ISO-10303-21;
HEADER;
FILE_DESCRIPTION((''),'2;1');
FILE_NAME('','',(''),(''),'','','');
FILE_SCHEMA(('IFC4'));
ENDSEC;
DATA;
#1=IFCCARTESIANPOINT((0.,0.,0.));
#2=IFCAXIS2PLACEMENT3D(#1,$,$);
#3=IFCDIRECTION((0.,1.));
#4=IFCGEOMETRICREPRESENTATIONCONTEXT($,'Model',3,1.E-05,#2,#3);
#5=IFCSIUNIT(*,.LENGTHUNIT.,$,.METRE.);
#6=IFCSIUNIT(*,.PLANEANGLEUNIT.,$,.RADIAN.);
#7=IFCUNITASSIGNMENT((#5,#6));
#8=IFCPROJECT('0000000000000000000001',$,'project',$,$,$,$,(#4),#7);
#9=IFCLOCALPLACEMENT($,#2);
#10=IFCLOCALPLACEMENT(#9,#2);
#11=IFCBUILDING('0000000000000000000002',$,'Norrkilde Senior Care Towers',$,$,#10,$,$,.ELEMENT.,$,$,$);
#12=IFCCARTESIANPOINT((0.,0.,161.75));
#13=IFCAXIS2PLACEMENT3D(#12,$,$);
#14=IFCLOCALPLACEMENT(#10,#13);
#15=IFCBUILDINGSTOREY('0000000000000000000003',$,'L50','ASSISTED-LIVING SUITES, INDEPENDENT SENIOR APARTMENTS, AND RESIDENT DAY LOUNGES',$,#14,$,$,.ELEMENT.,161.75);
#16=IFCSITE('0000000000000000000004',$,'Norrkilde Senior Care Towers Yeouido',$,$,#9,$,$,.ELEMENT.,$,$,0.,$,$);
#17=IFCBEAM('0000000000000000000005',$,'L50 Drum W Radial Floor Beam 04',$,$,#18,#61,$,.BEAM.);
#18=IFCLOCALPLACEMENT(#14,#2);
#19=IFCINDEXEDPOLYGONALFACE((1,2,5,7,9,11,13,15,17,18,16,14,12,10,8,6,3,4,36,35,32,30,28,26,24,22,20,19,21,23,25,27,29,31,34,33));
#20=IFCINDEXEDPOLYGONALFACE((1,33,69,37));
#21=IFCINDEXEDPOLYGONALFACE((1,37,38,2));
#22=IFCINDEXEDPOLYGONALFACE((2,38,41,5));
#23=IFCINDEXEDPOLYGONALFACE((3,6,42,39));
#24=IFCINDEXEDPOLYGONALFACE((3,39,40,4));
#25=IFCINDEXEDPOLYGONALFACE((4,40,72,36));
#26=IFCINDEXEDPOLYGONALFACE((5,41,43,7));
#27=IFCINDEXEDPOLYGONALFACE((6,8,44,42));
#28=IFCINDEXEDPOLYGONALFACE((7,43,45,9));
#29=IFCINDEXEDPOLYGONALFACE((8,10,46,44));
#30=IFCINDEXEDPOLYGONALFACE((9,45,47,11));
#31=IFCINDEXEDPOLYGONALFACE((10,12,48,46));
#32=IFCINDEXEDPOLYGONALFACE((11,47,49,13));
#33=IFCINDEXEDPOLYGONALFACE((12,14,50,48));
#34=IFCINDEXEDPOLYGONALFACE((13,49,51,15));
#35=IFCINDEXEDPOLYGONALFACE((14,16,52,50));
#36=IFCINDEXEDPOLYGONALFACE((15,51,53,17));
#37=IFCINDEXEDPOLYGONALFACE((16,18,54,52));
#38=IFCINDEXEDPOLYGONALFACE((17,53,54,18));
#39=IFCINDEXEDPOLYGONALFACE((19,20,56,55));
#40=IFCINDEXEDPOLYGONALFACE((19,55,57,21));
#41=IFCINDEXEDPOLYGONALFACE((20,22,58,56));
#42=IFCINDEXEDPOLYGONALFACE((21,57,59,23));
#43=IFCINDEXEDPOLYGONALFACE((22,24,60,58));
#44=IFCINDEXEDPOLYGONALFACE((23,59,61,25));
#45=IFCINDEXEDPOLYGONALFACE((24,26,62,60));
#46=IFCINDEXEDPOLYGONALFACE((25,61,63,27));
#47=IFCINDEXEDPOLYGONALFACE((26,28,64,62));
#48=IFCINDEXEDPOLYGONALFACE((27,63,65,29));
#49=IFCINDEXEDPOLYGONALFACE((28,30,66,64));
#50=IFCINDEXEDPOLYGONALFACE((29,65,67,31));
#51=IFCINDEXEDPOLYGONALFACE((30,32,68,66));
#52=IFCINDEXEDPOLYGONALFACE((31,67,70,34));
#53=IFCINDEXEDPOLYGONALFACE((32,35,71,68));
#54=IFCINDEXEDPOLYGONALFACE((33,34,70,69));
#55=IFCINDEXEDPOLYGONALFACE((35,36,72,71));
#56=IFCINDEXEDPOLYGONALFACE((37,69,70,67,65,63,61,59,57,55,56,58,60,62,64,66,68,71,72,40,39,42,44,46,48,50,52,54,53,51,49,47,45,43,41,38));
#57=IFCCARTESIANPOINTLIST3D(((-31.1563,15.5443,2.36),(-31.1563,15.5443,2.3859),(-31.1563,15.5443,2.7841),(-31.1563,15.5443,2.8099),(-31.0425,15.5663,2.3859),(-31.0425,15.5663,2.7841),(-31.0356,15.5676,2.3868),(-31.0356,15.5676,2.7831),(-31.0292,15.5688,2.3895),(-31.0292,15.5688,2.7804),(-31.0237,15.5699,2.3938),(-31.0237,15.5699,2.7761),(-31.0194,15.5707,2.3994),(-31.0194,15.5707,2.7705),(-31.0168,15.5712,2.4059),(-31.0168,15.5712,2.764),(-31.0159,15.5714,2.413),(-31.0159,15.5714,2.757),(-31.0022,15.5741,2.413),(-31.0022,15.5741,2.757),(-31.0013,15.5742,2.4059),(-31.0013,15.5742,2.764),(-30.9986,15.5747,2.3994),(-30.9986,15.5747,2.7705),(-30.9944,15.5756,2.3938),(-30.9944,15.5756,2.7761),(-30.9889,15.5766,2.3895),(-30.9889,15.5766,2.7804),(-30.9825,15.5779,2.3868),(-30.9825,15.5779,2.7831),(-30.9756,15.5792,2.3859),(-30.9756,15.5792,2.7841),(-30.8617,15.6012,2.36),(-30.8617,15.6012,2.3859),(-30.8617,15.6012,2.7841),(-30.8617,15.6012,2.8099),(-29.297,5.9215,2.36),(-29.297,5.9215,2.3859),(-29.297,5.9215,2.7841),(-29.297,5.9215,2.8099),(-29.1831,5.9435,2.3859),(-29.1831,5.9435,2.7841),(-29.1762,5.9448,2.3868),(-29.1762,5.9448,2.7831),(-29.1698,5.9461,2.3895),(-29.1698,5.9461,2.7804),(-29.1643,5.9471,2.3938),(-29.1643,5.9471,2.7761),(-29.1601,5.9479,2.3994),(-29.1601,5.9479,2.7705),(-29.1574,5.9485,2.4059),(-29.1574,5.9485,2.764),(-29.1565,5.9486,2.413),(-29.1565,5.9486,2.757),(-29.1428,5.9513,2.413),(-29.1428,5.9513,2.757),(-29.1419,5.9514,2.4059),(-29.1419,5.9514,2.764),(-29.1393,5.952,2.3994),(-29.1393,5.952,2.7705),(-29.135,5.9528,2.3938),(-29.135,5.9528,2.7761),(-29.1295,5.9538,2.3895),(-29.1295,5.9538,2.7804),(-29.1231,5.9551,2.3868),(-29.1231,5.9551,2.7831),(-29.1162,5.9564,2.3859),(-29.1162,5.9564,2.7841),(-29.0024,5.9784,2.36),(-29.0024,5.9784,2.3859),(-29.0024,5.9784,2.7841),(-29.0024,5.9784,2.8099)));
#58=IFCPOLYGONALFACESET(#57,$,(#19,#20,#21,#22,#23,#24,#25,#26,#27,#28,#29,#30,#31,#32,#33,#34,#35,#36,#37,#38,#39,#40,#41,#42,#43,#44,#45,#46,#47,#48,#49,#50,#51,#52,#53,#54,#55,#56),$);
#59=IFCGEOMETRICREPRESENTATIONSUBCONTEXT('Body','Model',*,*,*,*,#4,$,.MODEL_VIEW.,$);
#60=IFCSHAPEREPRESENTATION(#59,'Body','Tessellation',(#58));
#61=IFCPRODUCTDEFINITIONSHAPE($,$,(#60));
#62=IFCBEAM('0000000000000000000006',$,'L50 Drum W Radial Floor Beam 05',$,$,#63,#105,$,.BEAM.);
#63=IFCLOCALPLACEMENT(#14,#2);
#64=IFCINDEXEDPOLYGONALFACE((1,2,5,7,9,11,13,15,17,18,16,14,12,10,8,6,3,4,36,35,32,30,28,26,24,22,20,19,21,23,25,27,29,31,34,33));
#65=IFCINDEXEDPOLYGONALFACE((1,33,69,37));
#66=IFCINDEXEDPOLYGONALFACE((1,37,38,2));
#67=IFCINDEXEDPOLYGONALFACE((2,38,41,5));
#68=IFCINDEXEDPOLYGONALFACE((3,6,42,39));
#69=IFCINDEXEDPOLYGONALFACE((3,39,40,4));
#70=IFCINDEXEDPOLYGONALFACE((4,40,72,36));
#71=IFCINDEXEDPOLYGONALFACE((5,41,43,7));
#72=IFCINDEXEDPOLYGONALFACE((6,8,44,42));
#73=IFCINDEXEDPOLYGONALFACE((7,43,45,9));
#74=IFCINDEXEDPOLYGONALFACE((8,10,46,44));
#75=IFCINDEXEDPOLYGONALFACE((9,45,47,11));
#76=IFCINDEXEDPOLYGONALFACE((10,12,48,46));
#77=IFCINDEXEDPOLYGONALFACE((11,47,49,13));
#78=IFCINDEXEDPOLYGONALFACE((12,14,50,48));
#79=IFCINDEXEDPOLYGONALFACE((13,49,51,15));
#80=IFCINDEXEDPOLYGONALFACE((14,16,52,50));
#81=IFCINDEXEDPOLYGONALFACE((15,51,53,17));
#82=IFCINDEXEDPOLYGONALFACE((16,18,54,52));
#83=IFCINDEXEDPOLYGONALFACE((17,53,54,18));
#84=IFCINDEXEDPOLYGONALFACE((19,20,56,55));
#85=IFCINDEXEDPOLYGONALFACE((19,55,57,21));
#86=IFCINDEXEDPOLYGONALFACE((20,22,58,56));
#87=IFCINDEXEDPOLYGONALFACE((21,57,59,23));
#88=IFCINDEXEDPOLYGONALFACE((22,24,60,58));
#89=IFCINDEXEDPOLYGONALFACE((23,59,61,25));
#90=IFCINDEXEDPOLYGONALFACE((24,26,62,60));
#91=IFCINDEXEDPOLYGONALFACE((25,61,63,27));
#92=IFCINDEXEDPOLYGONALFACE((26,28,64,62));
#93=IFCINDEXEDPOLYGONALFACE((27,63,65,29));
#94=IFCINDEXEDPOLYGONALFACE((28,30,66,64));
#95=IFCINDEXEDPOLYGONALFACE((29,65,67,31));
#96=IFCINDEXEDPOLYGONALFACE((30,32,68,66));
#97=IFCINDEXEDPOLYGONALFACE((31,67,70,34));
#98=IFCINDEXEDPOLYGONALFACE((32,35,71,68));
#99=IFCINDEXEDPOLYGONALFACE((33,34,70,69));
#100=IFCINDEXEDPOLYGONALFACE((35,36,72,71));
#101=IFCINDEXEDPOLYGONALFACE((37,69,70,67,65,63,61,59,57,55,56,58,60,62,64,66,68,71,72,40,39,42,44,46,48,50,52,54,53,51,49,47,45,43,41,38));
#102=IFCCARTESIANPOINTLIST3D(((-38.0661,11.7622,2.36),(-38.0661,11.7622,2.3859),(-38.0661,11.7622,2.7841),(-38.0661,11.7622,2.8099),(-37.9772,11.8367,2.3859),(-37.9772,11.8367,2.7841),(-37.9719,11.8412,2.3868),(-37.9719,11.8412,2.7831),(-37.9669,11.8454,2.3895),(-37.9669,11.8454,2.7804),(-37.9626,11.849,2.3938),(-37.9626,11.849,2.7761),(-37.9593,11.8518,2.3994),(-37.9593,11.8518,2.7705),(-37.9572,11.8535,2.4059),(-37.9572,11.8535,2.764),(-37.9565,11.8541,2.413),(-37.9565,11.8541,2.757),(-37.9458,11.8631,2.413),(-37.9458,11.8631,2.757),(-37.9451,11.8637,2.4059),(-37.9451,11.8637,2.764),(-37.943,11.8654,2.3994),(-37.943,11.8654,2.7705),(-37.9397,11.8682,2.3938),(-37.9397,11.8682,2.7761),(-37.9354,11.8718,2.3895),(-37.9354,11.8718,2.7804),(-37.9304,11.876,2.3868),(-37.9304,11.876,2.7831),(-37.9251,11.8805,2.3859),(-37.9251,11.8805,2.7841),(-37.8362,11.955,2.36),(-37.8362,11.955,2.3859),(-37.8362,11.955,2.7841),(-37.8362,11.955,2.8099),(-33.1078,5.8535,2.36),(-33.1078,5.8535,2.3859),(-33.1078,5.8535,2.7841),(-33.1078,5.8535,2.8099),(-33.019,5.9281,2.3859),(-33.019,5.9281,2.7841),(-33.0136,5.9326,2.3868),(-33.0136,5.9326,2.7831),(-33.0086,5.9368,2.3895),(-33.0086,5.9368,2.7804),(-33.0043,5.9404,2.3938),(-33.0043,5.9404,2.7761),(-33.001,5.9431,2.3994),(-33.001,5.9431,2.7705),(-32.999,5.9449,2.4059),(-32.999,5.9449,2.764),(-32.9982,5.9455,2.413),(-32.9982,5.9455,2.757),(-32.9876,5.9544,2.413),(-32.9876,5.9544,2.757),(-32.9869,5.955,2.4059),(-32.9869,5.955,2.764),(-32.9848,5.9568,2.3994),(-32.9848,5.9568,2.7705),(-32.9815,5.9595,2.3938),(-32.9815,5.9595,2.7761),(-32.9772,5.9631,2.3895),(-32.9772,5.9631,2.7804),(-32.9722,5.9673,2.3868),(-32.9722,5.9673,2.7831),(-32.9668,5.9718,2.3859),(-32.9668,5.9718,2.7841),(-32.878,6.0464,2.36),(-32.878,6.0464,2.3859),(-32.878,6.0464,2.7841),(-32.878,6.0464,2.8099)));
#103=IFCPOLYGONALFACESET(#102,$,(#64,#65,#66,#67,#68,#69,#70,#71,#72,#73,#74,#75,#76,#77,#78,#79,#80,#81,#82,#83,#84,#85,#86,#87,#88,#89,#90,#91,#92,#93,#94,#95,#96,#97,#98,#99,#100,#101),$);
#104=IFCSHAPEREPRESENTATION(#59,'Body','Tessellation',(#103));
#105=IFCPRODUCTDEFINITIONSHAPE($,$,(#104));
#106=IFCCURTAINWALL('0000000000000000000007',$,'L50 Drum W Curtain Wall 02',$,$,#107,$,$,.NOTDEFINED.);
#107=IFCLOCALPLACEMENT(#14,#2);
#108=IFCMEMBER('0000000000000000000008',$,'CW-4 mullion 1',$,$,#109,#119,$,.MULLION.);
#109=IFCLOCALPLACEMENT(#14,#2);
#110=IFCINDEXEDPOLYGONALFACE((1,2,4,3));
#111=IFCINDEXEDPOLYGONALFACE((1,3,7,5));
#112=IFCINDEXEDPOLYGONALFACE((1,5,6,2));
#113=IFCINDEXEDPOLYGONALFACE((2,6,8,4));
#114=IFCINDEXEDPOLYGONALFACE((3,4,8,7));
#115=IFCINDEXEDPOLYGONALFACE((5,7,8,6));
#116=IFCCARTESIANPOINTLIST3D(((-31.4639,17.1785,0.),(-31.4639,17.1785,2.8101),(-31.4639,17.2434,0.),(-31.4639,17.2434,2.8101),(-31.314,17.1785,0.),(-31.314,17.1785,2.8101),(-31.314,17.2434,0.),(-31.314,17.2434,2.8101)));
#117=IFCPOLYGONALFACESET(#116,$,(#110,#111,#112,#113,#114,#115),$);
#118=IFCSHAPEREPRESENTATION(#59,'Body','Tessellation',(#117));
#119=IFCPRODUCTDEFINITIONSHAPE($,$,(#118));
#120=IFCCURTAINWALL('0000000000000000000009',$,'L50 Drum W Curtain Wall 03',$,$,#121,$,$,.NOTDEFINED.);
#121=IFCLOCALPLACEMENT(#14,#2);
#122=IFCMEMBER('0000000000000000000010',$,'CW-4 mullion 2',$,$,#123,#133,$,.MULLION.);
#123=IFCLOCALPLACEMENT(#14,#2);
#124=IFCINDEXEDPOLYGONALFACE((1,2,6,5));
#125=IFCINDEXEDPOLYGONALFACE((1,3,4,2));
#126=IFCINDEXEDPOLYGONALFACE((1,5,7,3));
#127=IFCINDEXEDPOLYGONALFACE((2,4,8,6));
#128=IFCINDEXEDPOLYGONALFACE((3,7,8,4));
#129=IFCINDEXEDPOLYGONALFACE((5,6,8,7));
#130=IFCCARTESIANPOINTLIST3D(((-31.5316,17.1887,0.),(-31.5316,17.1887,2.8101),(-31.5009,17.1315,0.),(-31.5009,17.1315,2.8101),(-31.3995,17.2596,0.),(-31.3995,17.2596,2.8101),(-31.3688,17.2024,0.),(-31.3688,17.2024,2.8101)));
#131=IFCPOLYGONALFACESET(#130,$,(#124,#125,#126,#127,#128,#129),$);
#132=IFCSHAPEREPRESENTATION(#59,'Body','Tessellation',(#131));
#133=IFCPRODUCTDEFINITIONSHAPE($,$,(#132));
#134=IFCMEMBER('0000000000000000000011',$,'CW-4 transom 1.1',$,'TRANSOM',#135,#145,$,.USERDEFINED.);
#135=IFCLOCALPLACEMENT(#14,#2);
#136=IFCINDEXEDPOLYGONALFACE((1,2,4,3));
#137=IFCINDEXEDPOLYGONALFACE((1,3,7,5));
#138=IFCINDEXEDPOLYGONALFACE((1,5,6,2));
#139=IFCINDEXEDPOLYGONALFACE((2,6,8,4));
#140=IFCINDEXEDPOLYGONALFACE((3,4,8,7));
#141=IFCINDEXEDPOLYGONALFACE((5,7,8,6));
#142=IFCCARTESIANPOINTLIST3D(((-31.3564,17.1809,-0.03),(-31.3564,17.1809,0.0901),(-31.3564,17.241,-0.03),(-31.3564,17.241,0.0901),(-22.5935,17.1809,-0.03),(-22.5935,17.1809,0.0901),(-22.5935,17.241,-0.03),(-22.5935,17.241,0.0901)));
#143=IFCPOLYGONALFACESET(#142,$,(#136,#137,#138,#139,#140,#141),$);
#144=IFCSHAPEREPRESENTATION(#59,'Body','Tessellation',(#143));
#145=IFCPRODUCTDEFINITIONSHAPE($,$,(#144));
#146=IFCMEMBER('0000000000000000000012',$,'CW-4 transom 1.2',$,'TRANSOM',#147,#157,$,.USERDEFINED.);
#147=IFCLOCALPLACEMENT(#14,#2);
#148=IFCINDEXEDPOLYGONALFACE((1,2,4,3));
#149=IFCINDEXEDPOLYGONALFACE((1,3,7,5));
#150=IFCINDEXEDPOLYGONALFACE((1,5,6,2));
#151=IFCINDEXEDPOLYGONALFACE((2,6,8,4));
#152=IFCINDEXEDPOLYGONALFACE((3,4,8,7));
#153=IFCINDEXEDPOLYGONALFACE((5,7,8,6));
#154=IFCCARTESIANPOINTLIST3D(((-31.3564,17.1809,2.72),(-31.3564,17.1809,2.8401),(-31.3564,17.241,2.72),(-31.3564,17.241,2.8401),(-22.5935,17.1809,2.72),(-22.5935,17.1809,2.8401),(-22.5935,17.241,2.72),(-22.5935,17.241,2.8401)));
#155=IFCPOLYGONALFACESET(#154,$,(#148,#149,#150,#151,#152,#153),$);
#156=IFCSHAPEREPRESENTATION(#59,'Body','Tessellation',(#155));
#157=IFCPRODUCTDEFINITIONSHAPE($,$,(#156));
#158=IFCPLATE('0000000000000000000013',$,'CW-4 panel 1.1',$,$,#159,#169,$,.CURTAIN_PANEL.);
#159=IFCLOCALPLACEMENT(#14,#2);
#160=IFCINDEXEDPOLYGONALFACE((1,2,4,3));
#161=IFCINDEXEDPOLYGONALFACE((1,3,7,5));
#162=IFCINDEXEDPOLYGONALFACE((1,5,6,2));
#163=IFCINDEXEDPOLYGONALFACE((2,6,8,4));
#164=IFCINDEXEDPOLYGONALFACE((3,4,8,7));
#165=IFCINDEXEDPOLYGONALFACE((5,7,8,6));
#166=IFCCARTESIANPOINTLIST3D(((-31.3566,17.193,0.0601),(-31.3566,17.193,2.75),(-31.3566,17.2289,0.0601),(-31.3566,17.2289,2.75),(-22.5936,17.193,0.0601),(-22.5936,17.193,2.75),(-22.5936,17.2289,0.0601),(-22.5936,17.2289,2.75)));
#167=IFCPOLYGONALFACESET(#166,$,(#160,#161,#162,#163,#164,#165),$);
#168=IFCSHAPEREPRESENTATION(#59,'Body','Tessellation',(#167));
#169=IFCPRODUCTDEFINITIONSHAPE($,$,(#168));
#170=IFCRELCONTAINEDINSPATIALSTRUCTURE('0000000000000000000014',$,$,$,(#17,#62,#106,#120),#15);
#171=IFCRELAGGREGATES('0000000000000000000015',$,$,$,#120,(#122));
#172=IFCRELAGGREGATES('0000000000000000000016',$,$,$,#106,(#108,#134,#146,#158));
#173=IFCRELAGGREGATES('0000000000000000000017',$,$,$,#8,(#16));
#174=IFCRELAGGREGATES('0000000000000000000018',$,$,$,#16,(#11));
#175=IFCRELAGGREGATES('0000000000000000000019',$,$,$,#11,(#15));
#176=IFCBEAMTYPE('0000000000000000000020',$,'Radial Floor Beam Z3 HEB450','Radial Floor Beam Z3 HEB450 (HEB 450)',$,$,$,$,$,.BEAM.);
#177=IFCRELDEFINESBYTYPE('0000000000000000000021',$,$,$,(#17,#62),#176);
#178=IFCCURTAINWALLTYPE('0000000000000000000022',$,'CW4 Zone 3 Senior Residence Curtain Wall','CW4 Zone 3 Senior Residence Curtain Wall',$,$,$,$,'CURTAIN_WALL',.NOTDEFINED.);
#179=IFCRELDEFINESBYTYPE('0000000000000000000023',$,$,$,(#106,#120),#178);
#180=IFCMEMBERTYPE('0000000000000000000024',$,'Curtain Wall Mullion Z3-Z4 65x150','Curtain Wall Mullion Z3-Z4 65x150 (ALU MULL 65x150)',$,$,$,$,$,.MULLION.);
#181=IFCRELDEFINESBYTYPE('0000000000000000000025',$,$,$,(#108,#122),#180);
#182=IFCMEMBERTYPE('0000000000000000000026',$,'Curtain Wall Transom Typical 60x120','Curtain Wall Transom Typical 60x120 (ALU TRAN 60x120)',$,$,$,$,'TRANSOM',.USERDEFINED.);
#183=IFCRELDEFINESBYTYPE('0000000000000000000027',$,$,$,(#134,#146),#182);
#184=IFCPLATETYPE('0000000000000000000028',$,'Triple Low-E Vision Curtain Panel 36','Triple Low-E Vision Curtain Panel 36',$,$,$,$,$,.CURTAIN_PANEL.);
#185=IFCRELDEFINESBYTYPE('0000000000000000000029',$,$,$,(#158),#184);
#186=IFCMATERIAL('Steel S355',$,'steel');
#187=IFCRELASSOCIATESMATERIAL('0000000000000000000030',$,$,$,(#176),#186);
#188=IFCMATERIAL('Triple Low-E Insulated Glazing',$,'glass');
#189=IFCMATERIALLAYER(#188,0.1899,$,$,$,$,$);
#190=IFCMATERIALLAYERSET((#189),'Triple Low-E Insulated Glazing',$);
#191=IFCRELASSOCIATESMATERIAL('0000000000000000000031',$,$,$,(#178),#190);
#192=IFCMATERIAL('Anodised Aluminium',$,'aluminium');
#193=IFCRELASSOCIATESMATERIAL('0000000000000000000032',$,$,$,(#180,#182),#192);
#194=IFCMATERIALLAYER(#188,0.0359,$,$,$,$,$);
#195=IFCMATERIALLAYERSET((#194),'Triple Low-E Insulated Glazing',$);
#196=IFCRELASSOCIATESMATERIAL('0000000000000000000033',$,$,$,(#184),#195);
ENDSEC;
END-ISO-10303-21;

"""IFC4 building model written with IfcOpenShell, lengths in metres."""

from ifc_helpers import new_model, si_unit, direction, frame, origin, origin_2d, place, context, subcontext, project, spatial, rectangle, i_section, extrude, source, transform, mapped, material, layer, layer_set, material_profile, profile_set, type_object, type_shapes, element, aggregate, save


model = new_model("IFC4")

# Units and contexts
model_context = context("Model", 3, precision=1e-05, world=origin(), true_north=direction((0.0, 1.0)))
body_context = subcontext(model_context, "Body", "Model", "MODEL_VIEW")
ifc_project = project(units=[si_unit("LENGTHUNIT", "METRE"), si_unit("PLANEANGLEUNIT", "RADIAN")], contexts=[model_context])

# Site, building, storey
site_placement = place(None, origin())
site = spatial("IfcSite", under=ifc_project, at=site_placement, Name="Norrkilde Senior Care Towers Yeouido", CompositionType="ELEMENT", RefElevation=0.0)
building_placement = place(site_placement, origin())
building = spatial("IfcBuilding", under=site, at=building_placement, Name="Norrkilde Senior Care Towers", CompositionType="ELEMENT")
storey_placement = place(building_placement, frame((0.0, 0.0, 161.75)))
storey = spatial("IfcBuildingStorey", under=building, at=storey_placement, Name="L50", Description="ASSISTED-LIVING SUITES, INDEPENDENT SENIOR APARTMENTS, AND RESIDENT DAY LOUNGES", CompositionType="ELEMENT", Elevation=161.75)

# Beams
ifc_material_1 = material(Name="Steel S355", Category="steel")
ifc_material_profile_1 = material_profile(ifc_material_1, i_section(OverallWidth=0.3, OverallDepth=0.45, WebThickness=0.0139, FlangeThickness=0.0259, FilletRadius=0.0271, at=origin_2d()), Name="HEB 450")
ifc_profile_set_1 = profile_set([ifc_material_profile_1], Name="Steel S355")
beam_type_1 = type_object("IfcBeamType", Name="Radial Floor Beam Z3 HEB450", Description="Radial Floor Beam Z3 HEB450 (HEB 450)", PredefinedType="BEAM", material=ifc_profile_set_1)
shared_shape_1 = source(origin(), body_context, "Body", "SweptSolid", [
    extrude(i_section(OverallWidth=0.3, OverallDepth=0.45, WebThickness=0.0139, FlangeThickness=0.0259, FilletRadius=0.0271, at=origin_2d()), origin(), (0.0, 0.0, 1.0), 9.8008),
])
beam_1_placement = place(storey_placement, frame((-29.1497, 5.95, 2.585), z_axis=(-0.189717, 0.981839, 0.0), x_axis=(-0.981839, -0.189717, 0.0)))
element("IfcBeam", 1, at=beam_1_placement, inside=storey, type_object=beam_type_1, Name="L50 Drum W Radial Floor Beam 04", PredefinedType="BEAM", context=body_context, shape_type="MappedRepresentation", body=[
    mapped(shared_shape_1, transform((0.0, 0.0, 0.0), x_axis=(1.0, 0.0, 0.0), y_axis=(0.0, 1.0, 0.0), z_axis=(0.0, 0.0, 1.0), scale=1.0)),
])
shared_shape_2 = source(origin(), body_context, "Body", "SweptSolid", [
    extrude(i_section(OverallWidth=0.3, OverallDepth=0.45, WebThickness=0.0139, FlangeThickness=0.0259, FilletRadius=0.0271, at=origin_2d()), origin(), (0.0, 0.0, 1.0), 7.7134),
])
beam_2_placement = place(storey_placement, frame((-32.9929, 5.95, 2.585), z_axis=(-0.642808, 0.766027, 0.0), x_axis=(-0.766027, -0.642808, 0.0)))
element("IfcBeam", 2, at=beam_2_placement, inside=storey, type_object=beam_type_1, Name="L50 Drum W Radial Floor Beam 05", PredefinedType="BEAM", context=body_context, shape_type="MappedRepresentation", body=[
    mapped(shared_shape_2, transform((0.0, 0.0, 0.0), x_axis=(1.0, 0.0, 0.0), y_axis=(0.0, 1.0, 0.0), z_axis=(0.0, 0.0, 1.0), scale=1.0)),
])

# Curtain walls, members
ifc_material_2 = material(Name="Triple Low-E Insulated Glazing", Category="glass")
ifc_layer_1 = layer(ifc_material_2, 0.1899)
ifc_layer_set_1 = layer_set([ifc_layer_1], Name="Triple Low-E Insulated Glazing")
curtain_wall_type = type_object("IfcCurtainWallType", Name="CW4 Zone 3 Senior Residence Curtain Wall", Description="CW4 Zone 3 Senior Residence Curtain Wall", ElementType="CURTAIN_WALL", PredefinedType="NOTDEFINED", material=ifc_layer_set_1)
curtain_wall_1_placement = place(storey_placement, origin())
curtain_wall_1 = element("IfcCurtainWall", 3, at=curtain_wall_1_placement, inside=storey, type_object=curtain_wall_type, Name="L50 Drum W Curtain Wall 02", PredefinedType="NOTDEFINED")
ifc_material_3 = material(Name="Anodised Aluminium", Category="aluminium")
ifc_material_profile_2 = material_profile(ifc_material_3, rectangle(XDim=0.0649, YDim=0.1499, at=origin_2d()), Name="ALU MULL 65x150")
ifc_profile_set_2 = profile_set([ifc_material_profile_2], Name="Anodised Aluminium")
member_type_1 = type_object("IfcMemberType", Name="Curtain Wall Mullion Z3-Z4 65x150", Description="Curtain Wall Mullion Z3-Z4 65x150 (ALU MULL 65x150)", PredefinedType="MULLION", material=ifc_profile_set_2)
shared_shape_3 = source(origin(), body_context, "Body", "SweptSolid", [
    extrude(rectangle(XDim=0.0649, YDim=0.1499, at=origin_2d()), origin(), (0.0, 0.0, 1.0), 2.8101),
])
type_shapes(member_type_1, [shared_shape_3])
member_1_placement = place(storey_placement, frame((-31.3889, 17.2109, 0.0), z_axis=(0.0, 0.0, 1.0), x_axis=(0.0, 1.0, 0.0)))
member_1 = element("IfcMember", 4, at=member_1_placement, type_object=member_type_1, Name="CW-4 mullion 1", PredefinedType="MULLION", context=body_context, shape_type="MappedRepresentation", body=[
    mapped(shared_shape_3, transform((0.0, 0.0, 0.0), x_axis=(1.0, 0.0, 0.0), y_axis=(0.0, 1.0, 0.0), z_axis=(0.0, 0.0, 1.0), scale=1.0)),
])
curtain_wall_2_placement = place(storey_placement, origin())
curtain_wall_2 = element("IfcCurtainWall", 5, at=curtain_wall_2_placement, inside=storey, type_object=curtain_wall_type, Name="L50 Drum W Curtain Wall 03", PredefinedType="NOTDEFINED")
member_2_placement = place(storey_placement, frame((-31.4502, 17.1956, 0.0), z_axis=(0.0, 0.0, 1.0), x_axis=(-0.473117, 0.881, 0.0)))
member_2 = element("IfcMember", 6, at=member_2_placement, type_object=member_type_1, Name="CW-4 mullion 2", PredefinedType="MULLION", context=body_context, shape_type="MappedRepresentation", body=[
    mapped(shared_shape_3, transform((0.0, 0.0, 0.0), x_axis=(1.0, 0.0, 0.0), y_axis=(0.0, 1.0, 0.0), z_axis=(0.0, 0.0, 1.0), scale=1.0)),
])
aggregate(curtain_wall_2, [member_2])

# Members
ifc_material_profile_3 = material_profile(ifc_material_3, rectangle(XDim=0.0601, YDim=0.1201, at=origin_2d()), Name="ALU TRAN 60x120")
ifc_profile_set_3 = profile_set([ifc_material_profile_3], Name="Anodised Aluminium")
member_type_2 = type_object("IfcMemberType", Name="Curtain Wall Transom Typical 60x120", Description="Curtain Wall Transom Typical 60x120 (ALU TRAN 60x120)", ElementType="TRANSOM", PredefinedType="USERDEFINED", material=ifc_profile_set_3)
shared_shape_4 = source(origin(), body_context, "Body", "SweptSolid", [
    extrude(rectangle(XDim=0.0601, YDim=0.1201, at=origin_2d()), origin(), (0.0, 0.0, 1.0), 8.7629),
])
type_shapes(member_type_2, [shared_shape_4])
member_3_placement = place(storey_placement, frame((-31.3564, 17.2109, 0.03), z_axis=(1.0, 0.0, 0.0), x_axis=(0.0, 1.0, 0.0)))
member_3 = element("IfcMember", 7, at=member_3_placement, type_object=member_type_2, Name="CW-4 transom 1.1", ObjectType="TRANSOM", PredefinedType="USERDEFINED", context=body_context, shape_type="MappedRepresentation", body=[
    mapped(shared_shape_4, transform((0.0, 0.0, 0.0), x_axis=(1.0, 0.0, 0.0), y_axis=(0.0, 1.0, 0.0), z_axis=(0.0, 0.0, 1.0), scale=1.0)),
])
member_4_placement = place(storey_placement, frame((-31.3564, 17.2109, 2.78), z_axis=(1.0, 0.0, 0.0), x_axis=(0.0, 1.0, 0.0)))
member_4 = element("IfcMember", 8, at=member_4_placement, type_object=member_type_2, Name="CW-4 transom 1.2", ObjectType="TRANSOM", PredefinedType="USERDEFINED", context=body_context, shape_type="MappedRepresentation", body=[
    mapped(shared_shape_4, transform((0.0, 0.0, 0.0), x_axis=(1.0, 0.0, 0.0), y_axis=(0.0, 1.0, 0.0), z_axis=(0.0, 0.0, 1.0), scale=1.0)),
])

# Plate
ifc_layer_2 = layer(ifc_material_2, 0.0359)
ifc_layer_set_2 = layer_set([ifc_layer_2], Name="Triple Low-E Insulated Glazing")
plate_type = type_object("IfcPlateType", Name="Triple Low-E Vision Curtain Panel 36", Description="Triple Low-E Vision Curtain Panel 36", PredefinedType="CURTAIN_PANEL", material=ifc_layer_set_2)
shared_shape_5 = source(origin(), body_context, "Body", "SweptSolid", [
    extrude(rectangle(XDim=8.7629, YDim=0.0359, at=origin_2d()), origin(), (0.0, 0.0, 1.0), 2.6899),
])
type_shapes(plate_type, [shared_shape_5])
plate_placement = place(storey_placement, frame((-26.9751, 17.2109, 0.0601), z_axis=(0.0, 0.0, 1.0), x_axis=(1.0, 0.0, 0.0)))
plate = element("IfcPlate", 9, at=plate_placement, type_object=plate_type, Name="CW-4 panel 1.1", PredefinedType="CURTAIN_PANEL", context=body_context, shape_type="MappedRepresentation", body=[
    mapped(shared_shape_5, transform((0.0, 0.0, 0.0), x_axis=(1.0, 0.0, 0.0), y_axis=(0.0, 1.0, 0.0), z_axis=(0.0, 0.0, 1.0), scale=1.0)),
])
aggregate(curtain_wall_1, [member_1, member_3, member_4, plate])

save(model, "model.ifc")
